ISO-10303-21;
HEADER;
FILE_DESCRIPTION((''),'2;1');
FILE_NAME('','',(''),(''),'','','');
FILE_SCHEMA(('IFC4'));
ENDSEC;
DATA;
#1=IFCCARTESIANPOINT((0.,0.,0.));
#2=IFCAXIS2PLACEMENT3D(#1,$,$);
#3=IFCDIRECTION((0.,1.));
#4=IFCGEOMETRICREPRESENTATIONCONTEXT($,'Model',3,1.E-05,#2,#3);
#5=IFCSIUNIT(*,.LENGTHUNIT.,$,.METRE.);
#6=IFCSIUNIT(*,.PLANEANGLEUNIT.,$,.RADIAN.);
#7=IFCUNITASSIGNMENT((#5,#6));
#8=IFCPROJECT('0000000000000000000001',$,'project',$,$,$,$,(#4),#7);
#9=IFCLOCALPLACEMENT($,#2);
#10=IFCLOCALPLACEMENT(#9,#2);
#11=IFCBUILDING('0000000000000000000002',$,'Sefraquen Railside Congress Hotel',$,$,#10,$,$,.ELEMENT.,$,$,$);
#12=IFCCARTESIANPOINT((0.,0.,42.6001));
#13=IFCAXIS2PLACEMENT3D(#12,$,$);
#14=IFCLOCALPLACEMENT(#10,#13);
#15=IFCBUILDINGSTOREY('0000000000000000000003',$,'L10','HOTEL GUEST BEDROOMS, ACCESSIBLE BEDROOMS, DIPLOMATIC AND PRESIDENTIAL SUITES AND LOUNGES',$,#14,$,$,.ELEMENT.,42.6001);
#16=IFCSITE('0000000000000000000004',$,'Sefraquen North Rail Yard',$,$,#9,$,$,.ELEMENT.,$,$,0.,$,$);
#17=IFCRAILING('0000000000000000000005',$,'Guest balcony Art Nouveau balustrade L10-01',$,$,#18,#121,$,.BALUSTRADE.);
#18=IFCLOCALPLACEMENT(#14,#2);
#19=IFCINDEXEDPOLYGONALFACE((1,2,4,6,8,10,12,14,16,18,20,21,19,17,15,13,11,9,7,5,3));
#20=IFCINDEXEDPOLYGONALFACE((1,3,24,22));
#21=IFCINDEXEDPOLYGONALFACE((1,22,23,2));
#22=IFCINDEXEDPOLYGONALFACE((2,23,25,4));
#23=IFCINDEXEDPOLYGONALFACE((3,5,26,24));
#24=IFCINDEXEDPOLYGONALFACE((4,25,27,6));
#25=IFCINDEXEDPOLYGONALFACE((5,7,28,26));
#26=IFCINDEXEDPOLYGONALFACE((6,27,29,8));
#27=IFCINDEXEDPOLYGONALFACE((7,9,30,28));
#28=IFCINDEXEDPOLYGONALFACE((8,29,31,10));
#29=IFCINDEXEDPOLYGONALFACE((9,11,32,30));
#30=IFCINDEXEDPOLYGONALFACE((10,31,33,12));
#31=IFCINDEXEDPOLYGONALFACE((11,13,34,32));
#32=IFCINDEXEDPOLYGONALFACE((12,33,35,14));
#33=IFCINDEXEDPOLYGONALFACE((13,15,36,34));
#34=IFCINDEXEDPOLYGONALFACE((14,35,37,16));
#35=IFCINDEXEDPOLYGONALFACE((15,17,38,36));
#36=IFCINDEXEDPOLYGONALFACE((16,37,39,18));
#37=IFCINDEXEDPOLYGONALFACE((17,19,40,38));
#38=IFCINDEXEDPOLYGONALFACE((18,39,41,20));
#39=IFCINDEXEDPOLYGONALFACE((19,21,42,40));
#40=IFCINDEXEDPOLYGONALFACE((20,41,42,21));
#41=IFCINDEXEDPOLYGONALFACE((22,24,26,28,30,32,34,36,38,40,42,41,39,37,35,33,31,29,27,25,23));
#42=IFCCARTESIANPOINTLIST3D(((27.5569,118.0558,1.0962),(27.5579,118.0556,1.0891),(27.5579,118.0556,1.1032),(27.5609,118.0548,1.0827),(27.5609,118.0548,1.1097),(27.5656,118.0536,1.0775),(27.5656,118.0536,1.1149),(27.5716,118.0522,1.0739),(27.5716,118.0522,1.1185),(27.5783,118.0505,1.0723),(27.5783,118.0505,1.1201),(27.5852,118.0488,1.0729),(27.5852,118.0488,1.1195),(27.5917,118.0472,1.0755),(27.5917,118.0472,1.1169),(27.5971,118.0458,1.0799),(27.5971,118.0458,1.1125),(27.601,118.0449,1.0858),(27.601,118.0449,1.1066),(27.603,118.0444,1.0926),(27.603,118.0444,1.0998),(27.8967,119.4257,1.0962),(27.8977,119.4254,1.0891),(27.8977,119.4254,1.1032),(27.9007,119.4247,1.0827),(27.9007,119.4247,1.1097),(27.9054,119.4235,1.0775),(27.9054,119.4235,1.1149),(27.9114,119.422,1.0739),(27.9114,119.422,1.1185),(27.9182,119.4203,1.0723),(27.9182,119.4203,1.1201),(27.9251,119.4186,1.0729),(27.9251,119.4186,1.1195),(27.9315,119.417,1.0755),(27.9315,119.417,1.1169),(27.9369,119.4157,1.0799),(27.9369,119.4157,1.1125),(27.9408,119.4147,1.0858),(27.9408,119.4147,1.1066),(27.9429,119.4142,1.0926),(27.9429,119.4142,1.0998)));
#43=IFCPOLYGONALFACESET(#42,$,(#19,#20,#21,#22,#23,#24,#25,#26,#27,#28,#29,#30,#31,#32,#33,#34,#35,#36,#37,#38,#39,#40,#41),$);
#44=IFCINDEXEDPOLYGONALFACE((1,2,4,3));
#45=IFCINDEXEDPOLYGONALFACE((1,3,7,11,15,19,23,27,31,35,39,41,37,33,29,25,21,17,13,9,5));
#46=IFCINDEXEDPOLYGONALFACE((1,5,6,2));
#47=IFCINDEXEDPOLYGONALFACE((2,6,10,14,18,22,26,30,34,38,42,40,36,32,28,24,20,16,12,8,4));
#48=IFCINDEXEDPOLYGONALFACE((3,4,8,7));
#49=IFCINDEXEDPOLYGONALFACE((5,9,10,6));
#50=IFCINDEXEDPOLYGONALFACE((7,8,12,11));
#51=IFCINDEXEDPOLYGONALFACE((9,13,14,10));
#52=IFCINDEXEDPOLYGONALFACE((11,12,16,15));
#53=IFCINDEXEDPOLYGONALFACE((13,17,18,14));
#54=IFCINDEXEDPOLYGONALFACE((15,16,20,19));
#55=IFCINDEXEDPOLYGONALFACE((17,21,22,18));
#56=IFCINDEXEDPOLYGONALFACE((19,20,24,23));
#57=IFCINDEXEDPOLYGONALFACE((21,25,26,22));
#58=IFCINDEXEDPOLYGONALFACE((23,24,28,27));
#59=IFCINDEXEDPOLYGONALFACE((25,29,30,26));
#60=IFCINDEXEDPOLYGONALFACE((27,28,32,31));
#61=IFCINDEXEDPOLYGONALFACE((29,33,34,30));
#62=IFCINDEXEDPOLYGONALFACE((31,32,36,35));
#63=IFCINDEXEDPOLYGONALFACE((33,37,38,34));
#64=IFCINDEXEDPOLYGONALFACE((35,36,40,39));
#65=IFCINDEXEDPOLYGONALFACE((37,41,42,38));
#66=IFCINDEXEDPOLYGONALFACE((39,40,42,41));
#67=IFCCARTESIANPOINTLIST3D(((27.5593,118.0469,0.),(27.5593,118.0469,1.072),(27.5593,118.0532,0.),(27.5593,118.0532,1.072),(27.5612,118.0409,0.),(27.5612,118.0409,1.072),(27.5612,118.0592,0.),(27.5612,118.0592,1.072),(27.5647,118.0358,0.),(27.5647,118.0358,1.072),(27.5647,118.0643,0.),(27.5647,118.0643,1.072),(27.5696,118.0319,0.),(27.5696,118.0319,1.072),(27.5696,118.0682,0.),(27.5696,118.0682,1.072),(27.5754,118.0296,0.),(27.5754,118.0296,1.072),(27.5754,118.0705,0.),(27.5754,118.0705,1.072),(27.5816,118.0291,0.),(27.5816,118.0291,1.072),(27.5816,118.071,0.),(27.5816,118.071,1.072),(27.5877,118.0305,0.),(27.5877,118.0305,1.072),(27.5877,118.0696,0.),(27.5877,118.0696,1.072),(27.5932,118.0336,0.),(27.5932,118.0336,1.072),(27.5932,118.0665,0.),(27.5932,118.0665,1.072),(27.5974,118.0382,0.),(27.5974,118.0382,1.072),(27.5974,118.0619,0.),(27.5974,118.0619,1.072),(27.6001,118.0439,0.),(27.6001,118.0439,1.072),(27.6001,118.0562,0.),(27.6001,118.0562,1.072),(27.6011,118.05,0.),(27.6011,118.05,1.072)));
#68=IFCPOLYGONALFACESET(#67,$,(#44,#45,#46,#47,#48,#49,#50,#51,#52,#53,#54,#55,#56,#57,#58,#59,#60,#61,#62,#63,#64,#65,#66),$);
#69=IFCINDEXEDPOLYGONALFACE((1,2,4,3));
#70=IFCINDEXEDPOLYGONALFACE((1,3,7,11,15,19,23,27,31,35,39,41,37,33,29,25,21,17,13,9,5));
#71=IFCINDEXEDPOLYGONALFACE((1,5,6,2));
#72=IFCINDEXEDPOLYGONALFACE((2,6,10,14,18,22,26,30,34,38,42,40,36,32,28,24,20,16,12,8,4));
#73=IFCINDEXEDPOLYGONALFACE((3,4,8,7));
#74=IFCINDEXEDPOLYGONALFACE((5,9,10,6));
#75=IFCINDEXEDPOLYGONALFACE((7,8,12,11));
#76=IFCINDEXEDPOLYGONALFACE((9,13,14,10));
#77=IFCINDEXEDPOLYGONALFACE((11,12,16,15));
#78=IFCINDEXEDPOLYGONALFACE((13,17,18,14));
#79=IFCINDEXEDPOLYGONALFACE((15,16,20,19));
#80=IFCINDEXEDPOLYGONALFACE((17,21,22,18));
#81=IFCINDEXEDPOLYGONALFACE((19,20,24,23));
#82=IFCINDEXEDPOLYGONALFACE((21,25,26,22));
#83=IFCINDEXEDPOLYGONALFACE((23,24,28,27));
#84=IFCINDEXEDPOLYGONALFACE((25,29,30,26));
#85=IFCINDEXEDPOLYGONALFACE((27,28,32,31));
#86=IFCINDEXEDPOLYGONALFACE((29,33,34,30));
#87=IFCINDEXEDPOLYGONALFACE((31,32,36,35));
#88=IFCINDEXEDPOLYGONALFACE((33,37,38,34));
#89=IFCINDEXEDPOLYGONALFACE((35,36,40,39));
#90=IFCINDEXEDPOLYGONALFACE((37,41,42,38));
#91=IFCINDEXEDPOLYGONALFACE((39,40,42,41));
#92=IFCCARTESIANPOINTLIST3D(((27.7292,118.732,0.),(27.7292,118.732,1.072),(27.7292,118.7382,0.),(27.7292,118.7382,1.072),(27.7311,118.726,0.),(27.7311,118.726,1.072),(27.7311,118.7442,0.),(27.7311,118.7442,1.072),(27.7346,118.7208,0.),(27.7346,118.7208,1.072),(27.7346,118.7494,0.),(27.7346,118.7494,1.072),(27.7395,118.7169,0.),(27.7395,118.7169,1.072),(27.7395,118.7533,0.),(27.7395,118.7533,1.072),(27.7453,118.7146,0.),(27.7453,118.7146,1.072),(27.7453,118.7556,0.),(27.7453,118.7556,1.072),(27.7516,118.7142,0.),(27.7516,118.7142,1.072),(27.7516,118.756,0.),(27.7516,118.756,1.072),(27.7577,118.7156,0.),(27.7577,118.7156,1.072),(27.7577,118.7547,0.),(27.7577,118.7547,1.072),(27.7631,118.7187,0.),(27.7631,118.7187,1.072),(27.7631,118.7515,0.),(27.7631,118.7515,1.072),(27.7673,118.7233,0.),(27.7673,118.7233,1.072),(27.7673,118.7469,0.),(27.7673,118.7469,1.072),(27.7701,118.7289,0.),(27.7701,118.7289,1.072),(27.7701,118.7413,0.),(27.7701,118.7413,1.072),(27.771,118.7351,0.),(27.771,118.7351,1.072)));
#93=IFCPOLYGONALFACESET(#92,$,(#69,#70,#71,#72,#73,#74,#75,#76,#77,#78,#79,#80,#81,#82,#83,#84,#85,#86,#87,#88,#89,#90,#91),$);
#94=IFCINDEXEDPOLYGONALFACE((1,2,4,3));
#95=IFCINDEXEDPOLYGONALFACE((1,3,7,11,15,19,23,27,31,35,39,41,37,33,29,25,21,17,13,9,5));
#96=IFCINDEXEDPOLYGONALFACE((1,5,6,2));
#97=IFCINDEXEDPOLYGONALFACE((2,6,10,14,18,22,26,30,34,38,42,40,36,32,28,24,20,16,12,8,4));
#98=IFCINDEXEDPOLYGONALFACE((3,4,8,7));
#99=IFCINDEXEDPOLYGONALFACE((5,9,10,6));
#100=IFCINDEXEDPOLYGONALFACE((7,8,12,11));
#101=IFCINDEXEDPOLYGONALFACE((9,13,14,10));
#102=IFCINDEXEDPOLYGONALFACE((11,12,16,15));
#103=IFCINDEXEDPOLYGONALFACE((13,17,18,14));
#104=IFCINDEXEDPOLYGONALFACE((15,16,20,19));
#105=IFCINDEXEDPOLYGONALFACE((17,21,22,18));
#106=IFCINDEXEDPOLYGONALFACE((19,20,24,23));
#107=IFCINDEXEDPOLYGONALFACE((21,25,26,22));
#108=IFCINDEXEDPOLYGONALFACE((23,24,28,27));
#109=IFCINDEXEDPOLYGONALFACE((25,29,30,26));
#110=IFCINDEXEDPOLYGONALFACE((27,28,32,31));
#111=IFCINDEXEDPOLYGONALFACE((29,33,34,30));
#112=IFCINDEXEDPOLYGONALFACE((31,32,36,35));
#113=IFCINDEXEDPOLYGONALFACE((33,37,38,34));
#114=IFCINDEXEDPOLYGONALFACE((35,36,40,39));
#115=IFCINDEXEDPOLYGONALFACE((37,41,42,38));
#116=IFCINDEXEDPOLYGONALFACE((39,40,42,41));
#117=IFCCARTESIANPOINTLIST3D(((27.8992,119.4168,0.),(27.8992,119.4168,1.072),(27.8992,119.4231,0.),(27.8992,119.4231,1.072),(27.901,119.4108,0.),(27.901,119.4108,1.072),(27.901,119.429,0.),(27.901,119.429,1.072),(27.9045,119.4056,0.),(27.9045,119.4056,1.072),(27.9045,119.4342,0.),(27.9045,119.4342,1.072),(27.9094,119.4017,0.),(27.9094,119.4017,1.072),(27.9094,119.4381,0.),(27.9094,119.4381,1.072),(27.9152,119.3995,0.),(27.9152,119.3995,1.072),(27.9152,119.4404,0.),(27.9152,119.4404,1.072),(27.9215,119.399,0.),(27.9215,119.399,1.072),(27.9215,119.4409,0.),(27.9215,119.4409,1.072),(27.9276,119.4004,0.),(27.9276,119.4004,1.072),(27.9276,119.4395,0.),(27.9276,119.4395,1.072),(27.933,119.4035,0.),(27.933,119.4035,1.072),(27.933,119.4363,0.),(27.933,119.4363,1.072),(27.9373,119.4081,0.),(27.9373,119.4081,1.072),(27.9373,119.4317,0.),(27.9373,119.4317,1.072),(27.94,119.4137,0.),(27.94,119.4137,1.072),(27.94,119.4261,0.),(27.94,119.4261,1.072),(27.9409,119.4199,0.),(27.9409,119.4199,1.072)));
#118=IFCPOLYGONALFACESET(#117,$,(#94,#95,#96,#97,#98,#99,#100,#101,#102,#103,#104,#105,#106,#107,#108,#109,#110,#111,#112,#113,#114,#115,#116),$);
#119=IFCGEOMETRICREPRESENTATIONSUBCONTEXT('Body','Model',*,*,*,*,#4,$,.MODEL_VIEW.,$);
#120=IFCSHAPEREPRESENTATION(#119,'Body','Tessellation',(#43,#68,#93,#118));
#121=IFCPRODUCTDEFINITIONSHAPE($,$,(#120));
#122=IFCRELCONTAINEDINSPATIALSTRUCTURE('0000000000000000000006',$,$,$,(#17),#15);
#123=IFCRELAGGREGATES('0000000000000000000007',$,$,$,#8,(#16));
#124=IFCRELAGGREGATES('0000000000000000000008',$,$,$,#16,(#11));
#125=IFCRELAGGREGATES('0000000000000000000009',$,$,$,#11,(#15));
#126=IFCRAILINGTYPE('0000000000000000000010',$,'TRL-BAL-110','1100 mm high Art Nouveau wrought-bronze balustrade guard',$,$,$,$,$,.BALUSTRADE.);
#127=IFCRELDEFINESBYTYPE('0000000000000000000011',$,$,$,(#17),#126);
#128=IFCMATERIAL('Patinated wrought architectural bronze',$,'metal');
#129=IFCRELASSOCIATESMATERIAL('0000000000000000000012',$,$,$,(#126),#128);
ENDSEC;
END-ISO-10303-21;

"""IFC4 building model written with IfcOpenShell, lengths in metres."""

from ifc_helpers import new_model, si_unit, direction, frame, origin, origin_2d, place, context, subcontext, project, spatial, circle, extrude, material, type_object, element, save


model = new_model("IFC4")

# Units and contexts
model_context = context("Model", 3, precision=1e-05, world=origin(), true_north=direction((0.0, 1.0)))
body_context = subcontext(model_context, "Body", "Model", "MODEL_VIEW")
ifc_project = project(units=[si_unit("LENGTHUNIT", "METRE"), si_unit("PLANEANGLEUNIT", "RADIAN")], contexts=[model_context])

# Site, building, storey
site_placement = place(None, origin())
site = spatial("IfcSite", under=ifc_project, at=site_placement, Name="Sefraquen North Rail Yard", CompositionType="ELEMENT", RefElevation=0.0)
building_placement = place(site_placement, origin())
building = spatial("IfcBuilding", under=site, at=building_placement, Name="Sefraquen Railside Congress Hotel", CompositionType="ELEMENT")
storey_placement = place(building_placement, frame((0.0, 0.0, 42.6001)))
storey = spatial("IfcBuildingStorey", under=building, at=storey_placement, Name="L10", Description="HOTEL GUEST BEDROOMS, ACCESSIBLE BEDROOMS, DIPLOMATIC AND PRESIDENTIAL SUITES AND LOUNGES", CompositionType="ELEMENT", Elevation=42.6001)

# Railing
ifc_material_1 = material(Name="Patinated wrought architectural bronze", Category="metal")
railing_type = type_object("IfcRailingType", Name="TRL-BAL-110", Description="1100 mm high Art Nouveau wrought-bronze balustrade guard", PredefinedType="BALUSTRADE", material=ifc_material_1)
railing_1_placement = place(storey_placement, frame((27.5801, 118.05, 0.0)))
element("IfcRailing", 1, at=railing_1_placement, inside=storey, type_object=railing_type, Name="Guest balcony Art Nouveau balustrade L10-01", PredefinedType="BALUSTRADE", context=body_context, shape_type="SweptSolid", body=[
    extrude(circle(Radius=0.0239, at=origin_2d()), frame((0.0, 0.0, 1.0962), z_axis=(0.240785, 0.970578, 0.0), x_axis=(-0.970578, 0.240785, 0.0)), (0.0, 0.0, 1.0), 1.4114),
    extrude(circle(Radius=0.021, at=origin_2d()), origin(), (0.0, 0.0, 1.0), 1.072),
    extrude(circle(Radius=0.021, at=origin_2d()), frame((0.1699, 0.6851, 0.0)), (0.0, 0.0, 1.0), 1.072),
    extrude(circle(Radius=0.021, at=origin_2d()), frame((0.3398, 1.3699, 0.0)), (0.0, 0.0, 1.0), 1.072),
])

save(model, "model.ifc")
